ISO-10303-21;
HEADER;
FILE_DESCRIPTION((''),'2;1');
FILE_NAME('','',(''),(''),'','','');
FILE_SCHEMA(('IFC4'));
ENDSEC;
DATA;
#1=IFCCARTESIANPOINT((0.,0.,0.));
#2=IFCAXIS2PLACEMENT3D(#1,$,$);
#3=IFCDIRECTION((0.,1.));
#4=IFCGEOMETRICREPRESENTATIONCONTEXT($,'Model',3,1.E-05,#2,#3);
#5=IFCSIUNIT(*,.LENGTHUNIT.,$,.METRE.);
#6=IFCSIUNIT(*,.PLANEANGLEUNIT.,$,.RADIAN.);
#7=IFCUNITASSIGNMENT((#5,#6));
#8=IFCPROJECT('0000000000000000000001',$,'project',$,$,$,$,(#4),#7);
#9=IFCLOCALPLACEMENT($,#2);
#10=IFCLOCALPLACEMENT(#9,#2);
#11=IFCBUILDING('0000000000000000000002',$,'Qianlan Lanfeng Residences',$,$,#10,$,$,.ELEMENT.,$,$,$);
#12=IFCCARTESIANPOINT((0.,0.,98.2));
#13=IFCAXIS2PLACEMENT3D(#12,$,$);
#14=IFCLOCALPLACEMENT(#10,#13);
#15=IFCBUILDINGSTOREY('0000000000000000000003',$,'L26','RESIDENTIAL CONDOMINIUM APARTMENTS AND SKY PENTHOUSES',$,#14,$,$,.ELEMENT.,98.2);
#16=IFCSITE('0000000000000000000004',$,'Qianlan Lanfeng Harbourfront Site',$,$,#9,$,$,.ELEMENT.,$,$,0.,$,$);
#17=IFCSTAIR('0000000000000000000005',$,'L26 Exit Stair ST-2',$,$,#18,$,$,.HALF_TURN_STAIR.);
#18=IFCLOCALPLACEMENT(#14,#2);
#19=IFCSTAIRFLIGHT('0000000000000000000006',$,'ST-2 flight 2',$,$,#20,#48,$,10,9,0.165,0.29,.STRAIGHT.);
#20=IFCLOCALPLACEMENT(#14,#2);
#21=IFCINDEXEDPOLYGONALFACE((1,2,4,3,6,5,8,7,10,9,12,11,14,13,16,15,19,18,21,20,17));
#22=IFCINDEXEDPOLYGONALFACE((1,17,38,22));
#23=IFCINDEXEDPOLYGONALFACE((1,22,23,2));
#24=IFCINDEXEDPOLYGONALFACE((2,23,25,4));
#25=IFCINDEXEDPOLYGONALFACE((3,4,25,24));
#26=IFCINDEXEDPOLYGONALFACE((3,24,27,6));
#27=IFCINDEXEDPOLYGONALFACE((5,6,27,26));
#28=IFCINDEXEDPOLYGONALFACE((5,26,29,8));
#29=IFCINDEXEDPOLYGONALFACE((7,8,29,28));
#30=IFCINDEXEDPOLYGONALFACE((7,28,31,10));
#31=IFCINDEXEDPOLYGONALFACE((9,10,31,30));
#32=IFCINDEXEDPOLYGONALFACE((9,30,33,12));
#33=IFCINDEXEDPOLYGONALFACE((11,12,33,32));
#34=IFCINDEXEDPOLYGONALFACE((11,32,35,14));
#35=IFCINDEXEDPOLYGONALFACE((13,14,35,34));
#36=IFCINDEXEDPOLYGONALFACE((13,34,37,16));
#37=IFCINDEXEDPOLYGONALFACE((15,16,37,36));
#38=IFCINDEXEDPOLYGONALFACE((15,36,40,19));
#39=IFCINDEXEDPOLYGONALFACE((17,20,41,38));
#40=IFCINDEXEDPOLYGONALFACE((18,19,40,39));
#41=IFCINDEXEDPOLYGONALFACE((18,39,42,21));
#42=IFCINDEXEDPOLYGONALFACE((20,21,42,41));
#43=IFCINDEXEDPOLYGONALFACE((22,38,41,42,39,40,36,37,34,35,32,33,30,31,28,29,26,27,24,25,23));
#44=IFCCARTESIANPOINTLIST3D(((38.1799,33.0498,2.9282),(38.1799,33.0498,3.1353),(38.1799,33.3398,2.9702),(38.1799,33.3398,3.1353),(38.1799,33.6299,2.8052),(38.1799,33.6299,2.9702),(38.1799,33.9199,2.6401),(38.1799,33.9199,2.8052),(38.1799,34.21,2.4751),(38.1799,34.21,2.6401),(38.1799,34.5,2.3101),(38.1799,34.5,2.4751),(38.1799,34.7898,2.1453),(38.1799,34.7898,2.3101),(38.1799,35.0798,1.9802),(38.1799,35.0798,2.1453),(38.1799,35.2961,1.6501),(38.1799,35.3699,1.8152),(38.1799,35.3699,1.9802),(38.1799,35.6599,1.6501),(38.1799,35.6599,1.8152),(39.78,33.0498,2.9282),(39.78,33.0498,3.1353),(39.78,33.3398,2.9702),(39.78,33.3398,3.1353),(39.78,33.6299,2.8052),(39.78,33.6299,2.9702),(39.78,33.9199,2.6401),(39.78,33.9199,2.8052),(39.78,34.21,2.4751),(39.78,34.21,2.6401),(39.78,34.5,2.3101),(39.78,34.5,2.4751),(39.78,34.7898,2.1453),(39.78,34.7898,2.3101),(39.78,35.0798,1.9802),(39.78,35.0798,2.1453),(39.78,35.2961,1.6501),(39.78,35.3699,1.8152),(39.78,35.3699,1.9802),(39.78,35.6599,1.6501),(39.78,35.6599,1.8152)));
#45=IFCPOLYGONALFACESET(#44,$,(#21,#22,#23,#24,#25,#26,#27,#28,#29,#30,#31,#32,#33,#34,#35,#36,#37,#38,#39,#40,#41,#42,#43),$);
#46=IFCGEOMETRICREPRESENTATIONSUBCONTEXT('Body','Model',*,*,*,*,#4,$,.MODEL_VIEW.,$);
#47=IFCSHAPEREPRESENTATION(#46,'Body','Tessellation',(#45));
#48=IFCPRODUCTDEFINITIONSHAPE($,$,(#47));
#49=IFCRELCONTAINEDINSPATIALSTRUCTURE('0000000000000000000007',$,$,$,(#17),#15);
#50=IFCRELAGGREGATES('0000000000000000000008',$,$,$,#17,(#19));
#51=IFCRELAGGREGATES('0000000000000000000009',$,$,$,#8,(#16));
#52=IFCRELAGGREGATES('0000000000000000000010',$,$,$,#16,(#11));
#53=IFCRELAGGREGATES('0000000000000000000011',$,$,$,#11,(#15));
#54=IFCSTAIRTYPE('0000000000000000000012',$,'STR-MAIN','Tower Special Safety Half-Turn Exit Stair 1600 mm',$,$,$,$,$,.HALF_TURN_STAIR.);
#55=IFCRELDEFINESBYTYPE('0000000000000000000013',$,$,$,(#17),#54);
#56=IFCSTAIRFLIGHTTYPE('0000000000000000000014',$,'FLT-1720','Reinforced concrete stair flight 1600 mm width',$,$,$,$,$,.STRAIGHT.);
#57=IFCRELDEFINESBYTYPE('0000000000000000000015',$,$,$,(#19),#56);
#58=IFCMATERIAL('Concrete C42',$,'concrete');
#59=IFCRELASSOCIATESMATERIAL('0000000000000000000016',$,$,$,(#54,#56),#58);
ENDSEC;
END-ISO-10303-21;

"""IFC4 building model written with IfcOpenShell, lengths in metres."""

from ifc_helpers import new_model, si_unit, direction, frame, origin, place, context, subcontext, project, spatial, polyline, outline, extrude, material, type_object, element, aggregate, save


model = new_model("IFC4")

# Units and contexts
model_context = context("Model", 3, precision=1e-05, world=origin(), true_north=direction((0.0, 1.0)))
body_context = subcontext(model_context, "Body", "Model", "MODEL_VIEW")
ifc_project = project(units=[si_unit("LENGTHUNIT", "METRE"), si_unit("PLANEANGLEUNIT", "RADIAN")], contexts=[model_context])

# Site, building, storey
site_placement = place(None, origin())
site = spatial("IfcSite", under=ifc_project, at=site_placement, Name="Qianlan Lanfeng Harbourfront Site", CompositionType="ELEMENT", RefElevation=0.0)
building_placement = place(site_placement, origin())
building = spatial("IfcBuilding", under=site, at=building_placement, Name="Qianlan Lanfeng Residences", CompositionType="ELEMENT")
storey_placement = place(building_placement, frame((0.0, 0.0, 98.2)))
storey = spatial("IfcBuildingStorey", under=building, at=storey_placement, Name="L26", Description="RESIDENTIAL CONDOMINIUM APARTMENTS AND SKY PENTHOUSES", CompositionType="ELEMENT", Elevation=98.2)

# Shared definitions
ifc_material_1 = material(Name="Concrete C42", Category="concrete")

# Stair, stair flight
stair_type = type_object("IfcStairType", Name="STR-MAIN", Description="Tower Special Safety Half-Turn Exit Stair 1600 mm", PredefinedType="HALF_TURN_STAIR", material=ifc_material_1)
stair_placement = place(storey_placement, origin())
stair = element("IfcStair", 1, at=stair_placement, inside=storey, type_object=stair_type, Name="L26 Exit Stair ST-2", PredefinedType="HALF_TURN_STAIR")
stair_flight_type = type_object("IfcStairFlightType", Name="FLT-1720", Description="Reinforced concrete stair flight 1600 mm width", PredefinedType="STRAIGHT", material=ifc_material_1)
stair_flight_1_placement = place(storey_placement, frame((38.98, 35.6599, 1.6501), z_axis=(0.0, 0.0, 1.0), x_axis=(0.0, -1.0, 0.0)))
stair_flight_1 = element("IfcStairFlight", 2, at=stair_flight_1_placement, type_object=stair_flight_type, Name="ST-2 flight 2", NumberOfRisers=10, NumberOfTreads=9, PredefinedType="STRAIGHT", RiserHeight=0.165, TreadLength=0.29, context=body_context, shape_type="SweptSolid", body=[
    extrude(outline(polyline([(0.0, 0.0), (0.0, 0.165), (0.29, 0.165), (0.29, 0.3301), (0.5801, 0.3301), (0.5801, 0.4951), (0.8701, 0.4951), (0.8701, 0.6599), (1.1599, 0.6599), (1.1599, 0.825), (1.45, 0.825), (1.45, 0.99), (1.74, 0.99), (1.74, 1.155), (2.03, 1.155), (2.03, 1.3201), (2.3201, 1.3201), (2.3201, 1.4851), (2.6101, 1.4851), (2.6101, 1.6499), (2.6101, 1.2781), (0.3638, 0.0), (0.0, 0.0)])), frame((0.0, 0.8, 0.0), z_axis=(0.0, -1.0, 0.0), x_axis=(1.0, 0.0, 0.0)), (0.0, 0.0, 1.0), 1.6001),
])
aggregate(stair, [stair_flight_1])

save(model, "model.ifc")
